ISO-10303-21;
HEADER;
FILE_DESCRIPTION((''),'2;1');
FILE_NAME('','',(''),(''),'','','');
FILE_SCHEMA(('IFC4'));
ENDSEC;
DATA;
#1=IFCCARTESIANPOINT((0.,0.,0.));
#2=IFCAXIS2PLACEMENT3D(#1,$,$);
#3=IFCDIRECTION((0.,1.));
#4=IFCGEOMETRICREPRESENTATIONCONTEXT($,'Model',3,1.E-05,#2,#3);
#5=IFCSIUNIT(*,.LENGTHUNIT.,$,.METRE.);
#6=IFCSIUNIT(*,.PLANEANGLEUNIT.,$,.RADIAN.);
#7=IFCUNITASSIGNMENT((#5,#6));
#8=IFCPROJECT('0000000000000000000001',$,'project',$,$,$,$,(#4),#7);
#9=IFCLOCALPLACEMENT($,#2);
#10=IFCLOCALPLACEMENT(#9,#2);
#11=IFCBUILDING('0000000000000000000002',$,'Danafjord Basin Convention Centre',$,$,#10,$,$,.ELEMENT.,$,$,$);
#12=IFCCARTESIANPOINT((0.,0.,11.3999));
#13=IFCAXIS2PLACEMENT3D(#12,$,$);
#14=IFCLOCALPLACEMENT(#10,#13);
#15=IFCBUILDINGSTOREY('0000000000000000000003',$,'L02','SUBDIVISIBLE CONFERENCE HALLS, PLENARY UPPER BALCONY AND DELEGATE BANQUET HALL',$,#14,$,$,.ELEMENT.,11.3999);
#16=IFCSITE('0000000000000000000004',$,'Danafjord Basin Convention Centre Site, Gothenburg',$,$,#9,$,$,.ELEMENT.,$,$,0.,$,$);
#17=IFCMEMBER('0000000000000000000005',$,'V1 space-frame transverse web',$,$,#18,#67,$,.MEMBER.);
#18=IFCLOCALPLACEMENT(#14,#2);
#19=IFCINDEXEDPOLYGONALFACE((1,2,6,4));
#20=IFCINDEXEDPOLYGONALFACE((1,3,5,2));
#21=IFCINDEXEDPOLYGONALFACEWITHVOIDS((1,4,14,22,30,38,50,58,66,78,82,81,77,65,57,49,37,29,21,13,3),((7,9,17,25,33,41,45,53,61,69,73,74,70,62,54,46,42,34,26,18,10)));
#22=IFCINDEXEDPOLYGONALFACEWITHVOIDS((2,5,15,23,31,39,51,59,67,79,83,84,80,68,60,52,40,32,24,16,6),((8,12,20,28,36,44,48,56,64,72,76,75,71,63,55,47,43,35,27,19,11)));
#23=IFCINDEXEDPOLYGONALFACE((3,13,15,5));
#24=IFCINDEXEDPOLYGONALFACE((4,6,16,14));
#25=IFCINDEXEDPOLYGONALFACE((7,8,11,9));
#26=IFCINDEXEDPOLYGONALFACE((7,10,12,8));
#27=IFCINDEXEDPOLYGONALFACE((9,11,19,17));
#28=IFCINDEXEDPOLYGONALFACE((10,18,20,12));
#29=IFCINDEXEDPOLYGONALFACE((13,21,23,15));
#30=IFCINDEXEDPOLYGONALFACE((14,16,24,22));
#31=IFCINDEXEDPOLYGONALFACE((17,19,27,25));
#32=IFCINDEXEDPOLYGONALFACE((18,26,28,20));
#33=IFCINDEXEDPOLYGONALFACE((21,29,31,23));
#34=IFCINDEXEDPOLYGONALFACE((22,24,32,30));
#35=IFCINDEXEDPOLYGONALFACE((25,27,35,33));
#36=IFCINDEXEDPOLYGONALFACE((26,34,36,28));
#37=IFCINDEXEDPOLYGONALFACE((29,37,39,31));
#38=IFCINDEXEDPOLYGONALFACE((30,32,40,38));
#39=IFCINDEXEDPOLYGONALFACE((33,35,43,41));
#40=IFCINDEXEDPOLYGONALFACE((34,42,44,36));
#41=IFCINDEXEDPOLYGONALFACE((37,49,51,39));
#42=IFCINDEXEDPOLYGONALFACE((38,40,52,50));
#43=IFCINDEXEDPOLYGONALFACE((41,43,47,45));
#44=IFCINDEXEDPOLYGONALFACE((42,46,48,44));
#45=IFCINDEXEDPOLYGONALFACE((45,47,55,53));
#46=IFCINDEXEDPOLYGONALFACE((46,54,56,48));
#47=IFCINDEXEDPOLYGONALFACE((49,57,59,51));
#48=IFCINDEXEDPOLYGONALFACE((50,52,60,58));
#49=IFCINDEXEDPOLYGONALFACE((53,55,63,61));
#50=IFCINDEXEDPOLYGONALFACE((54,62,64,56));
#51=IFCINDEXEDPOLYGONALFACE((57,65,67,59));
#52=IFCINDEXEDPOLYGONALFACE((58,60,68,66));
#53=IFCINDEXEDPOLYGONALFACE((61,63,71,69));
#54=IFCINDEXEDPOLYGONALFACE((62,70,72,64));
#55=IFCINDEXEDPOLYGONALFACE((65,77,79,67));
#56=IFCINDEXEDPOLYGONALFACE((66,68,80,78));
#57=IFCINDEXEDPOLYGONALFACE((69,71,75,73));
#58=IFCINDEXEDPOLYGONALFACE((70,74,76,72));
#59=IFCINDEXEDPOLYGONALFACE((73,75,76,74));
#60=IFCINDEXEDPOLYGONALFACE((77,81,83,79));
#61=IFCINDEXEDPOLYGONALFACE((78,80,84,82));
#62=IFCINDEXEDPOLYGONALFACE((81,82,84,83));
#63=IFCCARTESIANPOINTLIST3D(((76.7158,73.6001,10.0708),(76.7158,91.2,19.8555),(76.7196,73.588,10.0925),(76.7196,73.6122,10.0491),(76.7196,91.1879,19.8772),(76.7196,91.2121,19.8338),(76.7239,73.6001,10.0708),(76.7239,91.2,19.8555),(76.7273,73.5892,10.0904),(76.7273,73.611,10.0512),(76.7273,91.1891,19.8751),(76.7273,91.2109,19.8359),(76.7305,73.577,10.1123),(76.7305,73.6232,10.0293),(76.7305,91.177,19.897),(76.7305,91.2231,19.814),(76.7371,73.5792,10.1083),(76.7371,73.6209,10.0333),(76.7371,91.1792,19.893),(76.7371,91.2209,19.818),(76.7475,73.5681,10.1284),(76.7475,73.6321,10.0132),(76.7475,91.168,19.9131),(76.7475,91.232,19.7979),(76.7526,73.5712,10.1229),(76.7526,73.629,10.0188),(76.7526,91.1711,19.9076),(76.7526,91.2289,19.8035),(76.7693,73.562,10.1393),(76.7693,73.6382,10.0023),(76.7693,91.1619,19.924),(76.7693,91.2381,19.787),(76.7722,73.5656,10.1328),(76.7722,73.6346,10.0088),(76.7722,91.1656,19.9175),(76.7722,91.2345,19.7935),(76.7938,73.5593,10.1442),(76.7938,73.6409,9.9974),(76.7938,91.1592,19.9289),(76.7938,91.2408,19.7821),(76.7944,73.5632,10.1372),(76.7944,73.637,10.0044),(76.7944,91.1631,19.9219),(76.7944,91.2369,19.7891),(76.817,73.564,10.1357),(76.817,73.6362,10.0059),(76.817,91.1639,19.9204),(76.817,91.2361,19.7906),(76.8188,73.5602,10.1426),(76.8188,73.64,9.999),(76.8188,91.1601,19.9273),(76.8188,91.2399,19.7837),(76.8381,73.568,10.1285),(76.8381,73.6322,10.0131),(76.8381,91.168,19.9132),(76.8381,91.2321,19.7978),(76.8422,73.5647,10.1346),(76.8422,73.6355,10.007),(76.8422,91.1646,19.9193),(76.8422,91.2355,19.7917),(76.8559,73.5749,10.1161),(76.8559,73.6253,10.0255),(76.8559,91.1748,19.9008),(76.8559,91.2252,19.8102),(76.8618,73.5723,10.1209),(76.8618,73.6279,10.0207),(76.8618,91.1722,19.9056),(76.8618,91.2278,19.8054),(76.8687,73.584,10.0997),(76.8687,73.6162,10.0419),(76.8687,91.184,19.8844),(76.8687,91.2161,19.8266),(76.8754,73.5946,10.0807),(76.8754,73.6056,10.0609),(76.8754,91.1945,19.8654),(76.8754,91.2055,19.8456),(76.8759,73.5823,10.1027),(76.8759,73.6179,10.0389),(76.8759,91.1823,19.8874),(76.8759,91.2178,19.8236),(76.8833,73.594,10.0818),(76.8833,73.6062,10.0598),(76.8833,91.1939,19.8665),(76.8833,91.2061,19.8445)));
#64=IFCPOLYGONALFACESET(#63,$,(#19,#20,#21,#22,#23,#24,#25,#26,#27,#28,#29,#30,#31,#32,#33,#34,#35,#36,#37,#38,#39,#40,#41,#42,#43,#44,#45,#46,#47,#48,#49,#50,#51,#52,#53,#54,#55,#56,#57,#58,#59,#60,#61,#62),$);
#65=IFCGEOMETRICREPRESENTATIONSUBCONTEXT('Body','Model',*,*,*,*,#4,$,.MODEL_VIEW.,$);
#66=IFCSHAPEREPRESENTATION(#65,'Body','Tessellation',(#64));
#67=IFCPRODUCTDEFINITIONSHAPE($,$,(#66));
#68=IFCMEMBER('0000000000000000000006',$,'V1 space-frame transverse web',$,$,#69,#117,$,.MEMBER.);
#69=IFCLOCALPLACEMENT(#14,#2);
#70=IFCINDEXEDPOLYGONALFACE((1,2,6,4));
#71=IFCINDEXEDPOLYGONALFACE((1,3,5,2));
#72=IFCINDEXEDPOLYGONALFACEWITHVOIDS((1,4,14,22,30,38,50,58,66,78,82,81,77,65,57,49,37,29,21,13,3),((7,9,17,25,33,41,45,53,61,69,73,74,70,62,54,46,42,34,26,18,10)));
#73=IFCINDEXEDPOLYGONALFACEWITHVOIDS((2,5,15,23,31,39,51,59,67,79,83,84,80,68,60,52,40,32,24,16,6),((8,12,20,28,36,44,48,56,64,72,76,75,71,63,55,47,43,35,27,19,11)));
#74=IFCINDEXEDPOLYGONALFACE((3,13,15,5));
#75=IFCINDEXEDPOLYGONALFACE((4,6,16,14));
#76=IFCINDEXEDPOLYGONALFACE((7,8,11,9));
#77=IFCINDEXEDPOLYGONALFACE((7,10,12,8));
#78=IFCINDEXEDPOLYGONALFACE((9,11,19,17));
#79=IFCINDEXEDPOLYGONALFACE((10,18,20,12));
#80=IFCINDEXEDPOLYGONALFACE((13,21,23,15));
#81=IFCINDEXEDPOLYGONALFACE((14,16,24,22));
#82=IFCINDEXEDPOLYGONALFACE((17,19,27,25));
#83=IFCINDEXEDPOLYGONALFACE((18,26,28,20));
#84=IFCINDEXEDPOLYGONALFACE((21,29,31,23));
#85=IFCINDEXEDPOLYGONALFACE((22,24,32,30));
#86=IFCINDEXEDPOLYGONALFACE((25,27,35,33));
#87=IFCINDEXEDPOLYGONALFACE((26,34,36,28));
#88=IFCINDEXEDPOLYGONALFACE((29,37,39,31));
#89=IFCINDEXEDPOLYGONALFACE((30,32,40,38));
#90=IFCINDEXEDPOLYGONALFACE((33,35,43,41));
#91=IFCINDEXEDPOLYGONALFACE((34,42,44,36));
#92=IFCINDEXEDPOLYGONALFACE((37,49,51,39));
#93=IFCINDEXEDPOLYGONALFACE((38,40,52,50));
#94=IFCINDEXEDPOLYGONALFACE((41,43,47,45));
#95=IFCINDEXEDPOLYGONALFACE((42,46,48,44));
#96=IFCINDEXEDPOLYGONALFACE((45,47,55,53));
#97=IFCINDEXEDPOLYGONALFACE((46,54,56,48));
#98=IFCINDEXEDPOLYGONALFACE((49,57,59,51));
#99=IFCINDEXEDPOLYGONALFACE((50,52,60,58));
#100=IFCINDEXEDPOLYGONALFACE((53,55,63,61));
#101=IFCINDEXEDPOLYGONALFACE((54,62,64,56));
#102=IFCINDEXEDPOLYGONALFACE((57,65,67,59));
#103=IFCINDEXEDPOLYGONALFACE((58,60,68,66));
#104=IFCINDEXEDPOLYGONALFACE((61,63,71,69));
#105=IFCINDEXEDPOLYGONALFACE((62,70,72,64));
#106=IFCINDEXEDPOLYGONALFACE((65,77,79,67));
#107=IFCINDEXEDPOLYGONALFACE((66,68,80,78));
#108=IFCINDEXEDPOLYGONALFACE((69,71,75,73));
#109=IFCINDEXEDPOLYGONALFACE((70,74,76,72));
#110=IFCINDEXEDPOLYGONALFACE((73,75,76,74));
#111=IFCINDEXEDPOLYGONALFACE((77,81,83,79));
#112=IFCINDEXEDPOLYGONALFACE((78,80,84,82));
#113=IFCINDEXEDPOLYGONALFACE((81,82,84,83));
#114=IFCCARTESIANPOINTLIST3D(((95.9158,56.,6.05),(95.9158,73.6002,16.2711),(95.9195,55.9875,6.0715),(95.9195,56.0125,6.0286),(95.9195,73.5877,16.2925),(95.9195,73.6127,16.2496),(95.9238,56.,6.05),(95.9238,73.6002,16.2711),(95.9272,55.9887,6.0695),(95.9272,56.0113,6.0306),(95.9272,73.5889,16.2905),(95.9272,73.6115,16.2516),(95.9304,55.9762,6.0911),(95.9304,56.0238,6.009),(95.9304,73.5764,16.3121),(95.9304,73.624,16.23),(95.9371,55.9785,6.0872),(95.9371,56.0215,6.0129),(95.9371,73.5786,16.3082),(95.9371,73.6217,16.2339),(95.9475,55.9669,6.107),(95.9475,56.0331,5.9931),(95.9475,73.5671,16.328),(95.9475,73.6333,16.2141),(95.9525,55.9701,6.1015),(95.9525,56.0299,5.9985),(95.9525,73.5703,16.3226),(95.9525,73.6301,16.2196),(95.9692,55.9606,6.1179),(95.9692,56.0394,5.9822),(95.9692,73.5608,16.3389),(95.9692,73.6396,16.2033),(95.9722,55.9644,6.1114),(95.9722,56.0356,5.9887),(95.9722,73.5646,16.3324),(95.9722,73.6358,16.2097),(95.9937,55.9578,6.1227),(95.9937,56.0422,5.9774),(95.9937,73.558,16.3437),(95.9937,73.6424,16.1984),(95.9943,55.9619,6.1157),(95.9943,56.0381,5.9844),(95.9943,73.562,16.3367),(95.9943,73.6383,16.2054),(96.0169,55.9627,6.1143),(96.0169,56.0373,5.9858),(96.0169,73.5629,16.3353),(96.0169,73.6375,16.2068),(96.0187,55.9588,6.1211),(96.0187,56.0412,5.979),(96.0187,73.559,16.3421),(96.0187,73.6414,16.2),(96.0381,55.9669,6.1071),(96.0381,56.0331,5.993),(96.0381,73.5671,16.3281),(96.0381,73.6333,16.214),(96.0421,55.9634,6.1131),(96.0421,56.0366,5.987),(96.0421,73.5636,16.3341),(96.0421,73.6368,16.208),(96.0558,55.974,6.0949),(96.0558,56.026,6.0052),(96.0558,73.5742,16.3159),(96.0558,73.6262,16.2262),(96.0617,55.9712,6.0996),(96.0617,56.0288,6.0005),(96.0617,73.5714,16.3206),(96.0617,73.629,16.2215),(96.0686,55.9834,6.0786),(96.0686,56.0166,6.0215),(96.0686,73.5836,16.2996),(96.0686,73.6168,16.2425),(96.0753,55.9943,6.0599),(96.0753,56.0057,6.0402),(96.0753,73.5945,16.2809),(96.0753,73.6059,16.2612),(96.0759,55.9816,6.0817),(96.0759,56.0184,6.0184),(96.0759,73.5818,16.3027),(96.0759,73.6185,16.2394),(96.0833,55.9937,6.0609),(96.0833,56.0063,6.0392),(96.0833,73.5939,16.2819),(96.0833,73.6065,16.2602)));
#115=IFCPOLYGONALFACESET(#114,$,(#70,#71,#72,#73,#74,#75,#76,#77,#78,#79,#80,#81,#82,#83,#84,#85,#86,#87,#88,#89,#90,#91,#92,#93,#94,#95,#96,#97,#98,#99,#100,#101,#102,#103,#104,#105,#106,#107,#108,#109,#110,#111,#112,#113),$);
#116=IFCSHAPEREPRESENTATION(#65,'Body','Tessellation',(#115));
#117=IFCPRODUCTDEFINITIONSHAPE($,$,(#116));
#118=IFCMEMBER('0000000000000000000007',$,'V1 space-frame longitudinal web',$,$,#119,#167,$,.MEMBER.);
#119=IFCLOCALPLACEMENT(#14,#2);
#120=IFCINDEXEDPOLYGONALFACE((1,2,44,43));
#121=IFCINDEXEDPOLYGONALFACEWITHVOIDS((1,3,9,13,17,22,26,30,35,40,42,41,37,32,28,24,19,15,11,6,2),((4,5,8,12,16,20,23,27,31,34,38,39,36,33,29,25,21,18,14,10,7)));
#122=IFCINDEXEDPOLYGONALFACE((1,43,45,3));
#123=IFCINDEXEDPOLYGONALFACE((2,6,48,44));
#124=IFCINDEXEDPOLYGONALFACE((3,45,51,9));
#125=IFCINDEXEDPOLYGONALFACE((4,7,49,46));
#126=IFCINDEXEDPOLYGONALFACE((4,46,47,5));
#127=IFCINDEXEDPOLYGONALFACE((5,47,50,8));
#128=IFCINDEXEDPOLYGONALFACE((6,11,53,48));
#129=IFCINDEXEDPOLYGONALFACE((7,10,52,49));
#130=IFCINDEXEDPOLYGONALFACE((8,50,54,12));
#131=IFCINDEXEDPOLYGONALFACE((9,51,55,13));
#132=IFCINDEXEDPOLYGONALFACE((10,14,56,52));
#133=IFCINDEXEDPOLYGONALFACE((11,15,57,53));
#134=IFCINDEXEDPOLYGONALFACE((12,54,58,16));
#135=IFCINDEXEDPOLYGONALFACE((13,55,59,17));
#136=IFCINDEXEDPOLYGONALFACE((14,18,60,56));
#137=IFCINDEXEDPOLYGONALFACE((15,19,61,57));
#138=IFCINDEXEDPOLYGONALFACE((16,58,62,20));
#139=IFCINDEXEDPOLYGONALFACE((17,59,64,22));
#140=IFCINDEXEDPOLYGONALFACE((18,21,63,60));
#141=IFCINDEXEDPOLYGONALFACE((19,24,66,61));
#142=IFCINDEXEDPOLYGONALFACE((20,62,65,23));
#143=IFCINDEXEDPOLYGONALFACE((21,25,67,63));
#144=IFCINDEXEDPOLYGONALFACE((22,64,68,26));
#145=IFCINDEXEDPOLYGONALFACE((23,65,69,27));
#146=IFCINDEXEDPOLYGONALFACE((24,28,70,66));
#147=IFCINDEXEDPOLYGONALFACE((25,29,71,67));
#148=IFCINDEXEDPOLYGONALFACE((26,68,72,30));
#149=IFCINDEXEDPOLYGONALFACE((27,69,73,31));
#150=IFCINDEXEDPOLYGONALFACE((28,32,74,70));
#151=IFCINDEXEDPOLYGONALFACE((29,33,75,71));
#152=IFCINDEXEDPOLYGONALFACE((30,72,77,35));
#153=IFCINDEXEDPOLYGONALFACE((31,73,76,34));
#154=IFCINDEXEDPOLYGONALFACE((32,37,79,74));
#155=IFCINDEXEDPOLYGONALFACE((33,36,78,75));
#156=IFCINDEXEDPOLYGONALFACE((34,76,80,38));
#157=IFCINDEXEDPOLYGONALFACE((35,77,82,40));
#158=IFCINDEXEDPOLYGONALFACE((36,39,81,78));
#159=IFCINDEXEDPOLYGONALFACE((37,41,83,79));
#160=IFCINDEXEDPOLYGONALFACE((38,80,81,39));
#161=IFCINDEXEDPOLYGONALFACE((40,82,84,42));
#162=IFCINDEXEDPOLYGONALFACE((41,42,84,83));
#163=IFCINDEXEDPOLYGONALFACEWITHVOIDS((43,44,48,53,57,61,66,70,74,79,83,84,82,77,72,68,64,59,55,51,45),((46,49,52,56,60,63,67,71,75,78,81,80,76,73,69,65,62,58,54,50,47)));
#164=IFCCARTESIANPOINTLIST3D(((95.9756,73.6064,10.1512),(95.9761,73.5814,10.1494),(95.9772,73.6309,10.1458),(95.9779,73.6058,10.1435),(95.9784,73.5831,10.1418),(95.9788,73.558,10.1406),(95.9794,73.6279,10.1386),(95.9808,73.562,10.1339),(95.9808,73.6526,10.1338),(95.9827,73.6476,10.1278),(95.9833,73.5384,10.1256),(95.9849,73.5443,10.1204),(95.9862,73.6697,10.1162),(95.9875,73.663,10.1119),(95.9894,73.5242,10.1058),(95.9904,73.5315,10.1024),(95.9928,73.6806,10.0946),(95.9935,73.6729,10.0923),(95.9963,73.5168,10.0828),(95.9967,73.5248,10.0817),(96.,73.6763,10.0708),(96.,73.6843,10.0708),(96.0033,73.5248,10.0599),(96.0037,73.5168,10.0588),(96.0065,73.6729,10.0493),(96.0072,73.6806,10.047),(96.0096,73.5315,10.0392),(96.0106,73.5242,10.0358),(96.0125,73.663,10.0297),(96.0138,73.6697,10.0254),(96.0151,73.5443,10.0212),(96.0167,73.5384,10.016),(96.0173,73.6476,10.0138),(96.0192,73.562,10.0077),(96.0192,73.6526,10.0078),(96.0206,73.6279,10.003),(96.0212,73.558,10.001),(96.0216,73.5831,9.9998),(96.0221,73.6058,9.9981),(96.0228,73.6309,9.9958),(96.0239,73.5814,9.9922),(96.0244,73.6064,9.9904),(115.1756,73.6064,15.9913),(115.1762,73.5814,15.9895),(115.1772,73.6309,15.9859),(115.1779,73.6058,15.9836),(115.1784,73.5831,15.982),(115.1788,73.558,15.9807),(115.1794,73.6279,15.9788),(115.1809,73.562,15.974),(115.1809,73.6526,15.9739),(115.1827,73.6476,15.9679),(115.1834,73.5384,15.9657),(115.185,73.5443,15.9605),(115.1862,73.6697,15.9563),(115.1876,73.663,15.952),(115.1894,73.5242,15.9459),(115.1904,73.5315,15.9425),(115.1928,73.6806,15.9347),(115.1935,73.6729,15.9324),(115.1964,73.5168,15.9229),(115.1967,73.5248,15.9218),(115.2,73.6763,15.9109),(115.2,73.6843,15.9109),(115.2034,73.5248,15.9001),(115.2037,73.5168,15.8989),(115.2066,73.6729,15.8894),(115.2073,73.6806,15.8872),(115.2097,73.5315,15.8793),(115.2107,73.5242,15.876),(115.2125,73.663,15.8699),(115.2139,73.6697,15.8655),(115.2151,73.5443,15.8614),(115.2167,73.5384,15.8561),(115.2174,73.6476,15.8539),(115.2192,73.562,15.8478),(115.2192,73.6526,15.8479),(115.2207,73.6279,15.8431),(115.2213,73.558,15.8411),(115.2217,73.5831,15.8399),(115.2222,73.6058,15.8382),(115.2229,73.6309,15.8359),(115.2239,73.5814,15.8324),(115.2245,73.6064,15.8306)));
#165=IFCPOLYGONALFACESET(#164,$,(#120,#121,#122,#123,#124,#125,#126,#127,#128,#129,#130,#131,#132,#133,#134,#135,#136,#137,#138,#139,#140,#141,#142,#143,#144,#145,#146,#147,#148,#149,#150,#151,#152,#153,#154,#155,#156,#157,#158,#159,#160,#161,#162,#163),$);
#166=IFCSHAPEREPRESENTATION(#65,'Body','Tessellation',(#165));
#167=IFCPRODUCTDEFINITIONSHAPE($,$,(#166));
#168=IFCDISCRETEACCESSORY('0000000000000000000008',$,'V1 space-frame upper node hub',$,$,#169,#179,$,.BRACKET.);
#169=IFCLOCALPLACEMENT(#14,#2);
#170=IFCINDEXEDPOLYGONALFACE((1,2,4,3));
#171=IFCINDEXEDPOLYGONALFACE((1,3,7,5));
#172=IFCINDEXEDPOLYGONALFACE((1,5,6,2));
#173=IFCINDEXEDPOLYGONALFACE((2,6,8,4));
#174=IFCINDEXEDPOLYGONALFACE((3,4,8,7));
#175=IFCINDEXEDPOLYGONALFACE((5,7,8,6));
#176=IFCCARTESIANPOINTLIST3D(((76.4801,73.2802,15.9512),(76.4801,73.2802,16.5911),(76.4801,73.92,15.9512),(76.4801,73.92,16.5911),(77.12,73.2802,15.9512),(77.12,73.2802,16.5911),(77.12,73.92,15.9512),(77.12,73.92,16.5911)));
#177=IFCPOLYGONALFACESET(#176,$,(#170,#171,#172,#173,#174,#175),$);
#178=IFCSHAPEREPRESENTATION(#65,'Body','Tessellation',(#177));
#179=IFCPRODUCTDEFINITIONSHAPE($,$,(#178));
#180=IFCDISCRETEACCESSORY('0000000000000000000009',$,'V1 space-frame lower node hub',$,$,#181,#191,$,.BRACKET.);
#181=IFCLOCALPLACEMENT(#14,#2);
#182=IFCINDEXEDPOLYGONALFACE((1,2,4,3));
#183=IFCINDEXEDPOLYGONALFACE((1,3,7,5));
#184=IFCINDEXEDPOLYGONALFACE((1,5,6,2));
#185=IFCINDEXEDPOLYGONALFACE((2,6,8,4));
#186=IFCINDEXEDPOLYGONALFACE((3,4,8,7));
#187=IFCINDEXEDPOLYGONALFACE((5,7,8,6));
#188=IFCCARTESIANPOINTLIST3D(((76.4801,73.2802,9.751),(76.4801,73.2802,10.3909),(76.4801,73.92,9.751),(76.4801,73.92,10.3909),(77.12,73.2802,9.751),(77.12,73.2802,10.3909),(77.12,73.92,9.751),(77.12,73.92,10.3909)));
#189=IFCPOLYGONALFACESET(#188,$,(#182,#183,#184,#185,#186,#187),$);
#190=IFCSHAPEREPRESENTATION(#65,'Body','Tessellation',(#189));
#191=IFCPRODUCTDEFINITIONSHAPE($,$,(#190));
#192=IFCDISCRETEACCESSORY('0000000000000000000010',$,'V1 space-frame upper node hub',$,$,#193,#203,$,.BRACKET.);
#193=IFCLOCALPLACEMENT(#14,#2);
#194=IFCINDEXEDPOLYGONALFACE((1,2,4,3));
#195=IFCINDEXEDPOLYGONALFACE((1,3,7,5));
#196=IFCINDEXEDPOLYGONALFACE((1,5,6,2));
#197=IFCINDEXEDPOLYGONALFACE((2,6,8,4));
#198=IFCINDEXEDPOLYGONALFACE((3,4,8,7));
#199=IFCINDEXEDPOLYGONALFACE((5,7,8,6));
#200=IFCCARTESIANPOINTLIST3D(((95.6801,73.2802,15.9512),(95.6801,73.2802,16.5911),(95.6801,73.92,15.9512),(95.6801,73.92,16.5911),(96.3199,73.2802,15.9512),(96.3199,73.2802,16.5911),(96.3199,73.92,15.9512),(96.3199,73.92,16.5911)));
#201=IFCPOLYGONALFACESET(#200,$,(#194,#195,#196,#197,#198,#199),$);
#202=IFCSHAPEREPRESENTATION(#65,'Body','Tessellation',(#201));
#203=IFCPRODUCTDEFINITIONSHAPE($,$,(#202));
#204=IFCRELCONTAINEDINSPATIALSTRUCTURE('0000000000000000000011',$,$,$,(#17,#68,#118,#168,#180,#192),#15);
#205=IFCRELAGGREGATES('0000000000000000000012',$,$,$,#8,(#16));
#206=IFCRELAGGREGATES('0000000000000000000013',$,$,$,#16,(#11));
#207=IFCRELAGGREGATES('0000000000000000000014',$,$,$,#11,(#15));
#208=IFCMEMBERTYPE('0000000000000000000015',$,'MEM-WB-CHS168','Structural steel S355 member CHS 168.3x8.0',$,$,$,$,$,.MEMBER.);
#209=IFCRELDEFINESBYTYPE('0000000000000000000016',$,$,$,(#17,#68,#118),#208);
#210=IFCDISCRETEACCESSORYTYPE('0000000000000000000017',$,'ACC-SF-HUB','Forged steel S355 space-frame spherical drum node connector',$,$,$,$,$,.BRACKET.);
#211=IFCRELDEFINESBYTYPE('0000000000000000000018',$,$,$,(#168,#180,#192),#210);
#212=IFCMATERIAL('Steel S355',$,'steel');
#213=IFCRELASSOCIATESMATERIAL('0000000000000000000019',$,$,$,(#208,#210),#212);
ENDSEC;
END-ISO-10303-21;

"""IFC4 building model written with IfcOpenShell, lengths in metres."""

from ifc_helpers import new_model, si_unit, direction, frame, origin, origin_2d, place, context, subcontext, project, spatial, rectangle, hollow_circle, extrude, material, material_profile, profile_set, type_object, element, save


model = new_model("IFC4")

# Units and contexts
model_context = context("Model", 3, precision=1e-05, world=origin(), true_north=direction((0.0, 1.0)))
body_context = subcontext(model_context, "Body", "Model", "MODEL_VIEW")
ifc_project = project(units=[si_unit("LENGTHUNIT", "METRE"), si_unit("PLANEANGLEUNIT", "RADIAN")], contexts=[model_context])

# Site, building, storey
site_placement = place(None, origin())
site = spatial("IfcSite", under=ifc_project, at=site_placement, Name="Danafjord Basin Convention Centre Site, Gothenburg", CompositionType="ELEMENT", RefElevation=0.0)
building_placement = place(site_placement, origin())
building = spatial("IfcBuilding", under=site, at=building_placement, Name="Danafjord Basin Convention Centre", CompositionType="ELEMENT")
storey_placement = place(building_placement, frame((0.0, 0.0, 11.3999)))
storey = spatial("IfcBuildingStorey", under=building, at=storey_placement, Name="L02", Description="SUBDIVISIBLE CONFERENCE HALLS, PLENARY UPPER BALCONY AND DELEGATE BANQUET HALL", CompositionType="ELEMENT", Elevation=11.3999)

# Shared definitions
ifc_material_1 = material(Name="Steel S355", Category="steel")

# Members
ifc_material_profile_1 = material_profile(ifc_material_1, hollow_circle(Radius=0.0842, WallThickness=0.0081, at=origin_2d()), Name="CHS 168.3x8.0")
ifc_profile_set_1 = profile_set([ifc_material_profile_1], Name="Steel S355")
member_type_1 = type_object("IfcMemberType", Name="MEM-WB-CHS168", Description="Structural steel S355 member CHS 168.3x8.0", PredefinedType="MEMBER", material=ifc_profile_set_1)
member_1_placement = place(storey_placement, frame((76.8, 73.6001, 10.0708), z_axis=(0.0, 0.87401, 0.485907), x_axis=(-1.0, 0.0, 0.0)))
element("IfcMember", 1, at=member_1_placement, inside=storey, type_object=member_type_1, Name="V1 space-frame transverse web", PredefinedType="MEMBER", context=body_context, shape_type="SweptSolid", body=[
    extrude(hollow_circle(Radius=0.0842, WallThickness=0.0081, at=origin_2d()), origin(), (0.0, 0.0, 1.0), 20.137),
])
member_2_placement = place(storey_placement, frame((96.0, 56.0, 6.05), z_axis=(0.0, 0.864756, 0.502192), x_axis=(-1.0, 0.0, 0.0)))
element("IfcMember", 2, at=member_2_placement, inside=storey, type_object=member_type_1, Name="V1 space-frame transverse web", PredefinedType="MEMBER", context=body_context, shape_type="SweptSolid", body=[
    extrude(hollow_circle(Radius=0.0842, WallThickness=0.0081, at=origin_2d()), origin(), (0.0, 0.0, 1.0), 20.3528),
])
member_3_placement = place(storey_placement, frame((96.0, 73.6001, 10.0708), z_axis=(0.956721, 0.0, 0.291008), x_axis=(0.0, 1.0, 0.0)))
element("IfcMember", 3, at=member_3_placement, inside=storey, type_object=member_type_1, Name="V1 space-frame longitudinal web", PredefinedType="MEMBER", context=body_context, shape_type="SweptSolid", body=[
    extrude(hollow_circle(Radius=0.0842, WallThickness=0.0081, at=origin_2d()), origin(), (0.0, 0.0, 1.0), 20.0686),
])

# Discrete accessories
discrete_accessory_type = type_object("IfcDiscreteAccessoryType", Name="ACC-SF-HUB", Description="Forged steel S355 space-frame spherical drum node connector", PredefinedType="BRACKET", material=ifc_material_1)
for number, where, z_axis, x_axis, name in (
    (4, (76.8, 73.6001, 15.9512), (0.0, 0.0, 1.0), (1.0, 0.0, 0.0), "V1 space-frame upper node hub"),
    (5, (76.8, 73.6001, 9.751), (0.0, 0.0, 1.0), (1.0, 0.0, 0.0), "V1 space-frame lower node hub"),
    (6, (96.0, 73.6001, 15.9512), (0.0, 0.0, 1.0), (1.0, 0.0, 0.0), "V1 space-frame upper node hub"),
):
    element("IfcDiscreteAccessory", number, at=place(storey_placement, frame(where, z_axis=z_axis, x_axis=x_axis)), inside=storey, type_object=discrete_accessory_type, Name=name, PredefinedType="BRACKET", context=body_context, shape_type="SweptSolid", body=[
        extrude(rectangle(XDim=0.6399, YDim=0.6399, at=origin_2d()), origin(), (0.0, 0.0, 1.0), 0.6399),
    ])

save(model, "model.ifc")
